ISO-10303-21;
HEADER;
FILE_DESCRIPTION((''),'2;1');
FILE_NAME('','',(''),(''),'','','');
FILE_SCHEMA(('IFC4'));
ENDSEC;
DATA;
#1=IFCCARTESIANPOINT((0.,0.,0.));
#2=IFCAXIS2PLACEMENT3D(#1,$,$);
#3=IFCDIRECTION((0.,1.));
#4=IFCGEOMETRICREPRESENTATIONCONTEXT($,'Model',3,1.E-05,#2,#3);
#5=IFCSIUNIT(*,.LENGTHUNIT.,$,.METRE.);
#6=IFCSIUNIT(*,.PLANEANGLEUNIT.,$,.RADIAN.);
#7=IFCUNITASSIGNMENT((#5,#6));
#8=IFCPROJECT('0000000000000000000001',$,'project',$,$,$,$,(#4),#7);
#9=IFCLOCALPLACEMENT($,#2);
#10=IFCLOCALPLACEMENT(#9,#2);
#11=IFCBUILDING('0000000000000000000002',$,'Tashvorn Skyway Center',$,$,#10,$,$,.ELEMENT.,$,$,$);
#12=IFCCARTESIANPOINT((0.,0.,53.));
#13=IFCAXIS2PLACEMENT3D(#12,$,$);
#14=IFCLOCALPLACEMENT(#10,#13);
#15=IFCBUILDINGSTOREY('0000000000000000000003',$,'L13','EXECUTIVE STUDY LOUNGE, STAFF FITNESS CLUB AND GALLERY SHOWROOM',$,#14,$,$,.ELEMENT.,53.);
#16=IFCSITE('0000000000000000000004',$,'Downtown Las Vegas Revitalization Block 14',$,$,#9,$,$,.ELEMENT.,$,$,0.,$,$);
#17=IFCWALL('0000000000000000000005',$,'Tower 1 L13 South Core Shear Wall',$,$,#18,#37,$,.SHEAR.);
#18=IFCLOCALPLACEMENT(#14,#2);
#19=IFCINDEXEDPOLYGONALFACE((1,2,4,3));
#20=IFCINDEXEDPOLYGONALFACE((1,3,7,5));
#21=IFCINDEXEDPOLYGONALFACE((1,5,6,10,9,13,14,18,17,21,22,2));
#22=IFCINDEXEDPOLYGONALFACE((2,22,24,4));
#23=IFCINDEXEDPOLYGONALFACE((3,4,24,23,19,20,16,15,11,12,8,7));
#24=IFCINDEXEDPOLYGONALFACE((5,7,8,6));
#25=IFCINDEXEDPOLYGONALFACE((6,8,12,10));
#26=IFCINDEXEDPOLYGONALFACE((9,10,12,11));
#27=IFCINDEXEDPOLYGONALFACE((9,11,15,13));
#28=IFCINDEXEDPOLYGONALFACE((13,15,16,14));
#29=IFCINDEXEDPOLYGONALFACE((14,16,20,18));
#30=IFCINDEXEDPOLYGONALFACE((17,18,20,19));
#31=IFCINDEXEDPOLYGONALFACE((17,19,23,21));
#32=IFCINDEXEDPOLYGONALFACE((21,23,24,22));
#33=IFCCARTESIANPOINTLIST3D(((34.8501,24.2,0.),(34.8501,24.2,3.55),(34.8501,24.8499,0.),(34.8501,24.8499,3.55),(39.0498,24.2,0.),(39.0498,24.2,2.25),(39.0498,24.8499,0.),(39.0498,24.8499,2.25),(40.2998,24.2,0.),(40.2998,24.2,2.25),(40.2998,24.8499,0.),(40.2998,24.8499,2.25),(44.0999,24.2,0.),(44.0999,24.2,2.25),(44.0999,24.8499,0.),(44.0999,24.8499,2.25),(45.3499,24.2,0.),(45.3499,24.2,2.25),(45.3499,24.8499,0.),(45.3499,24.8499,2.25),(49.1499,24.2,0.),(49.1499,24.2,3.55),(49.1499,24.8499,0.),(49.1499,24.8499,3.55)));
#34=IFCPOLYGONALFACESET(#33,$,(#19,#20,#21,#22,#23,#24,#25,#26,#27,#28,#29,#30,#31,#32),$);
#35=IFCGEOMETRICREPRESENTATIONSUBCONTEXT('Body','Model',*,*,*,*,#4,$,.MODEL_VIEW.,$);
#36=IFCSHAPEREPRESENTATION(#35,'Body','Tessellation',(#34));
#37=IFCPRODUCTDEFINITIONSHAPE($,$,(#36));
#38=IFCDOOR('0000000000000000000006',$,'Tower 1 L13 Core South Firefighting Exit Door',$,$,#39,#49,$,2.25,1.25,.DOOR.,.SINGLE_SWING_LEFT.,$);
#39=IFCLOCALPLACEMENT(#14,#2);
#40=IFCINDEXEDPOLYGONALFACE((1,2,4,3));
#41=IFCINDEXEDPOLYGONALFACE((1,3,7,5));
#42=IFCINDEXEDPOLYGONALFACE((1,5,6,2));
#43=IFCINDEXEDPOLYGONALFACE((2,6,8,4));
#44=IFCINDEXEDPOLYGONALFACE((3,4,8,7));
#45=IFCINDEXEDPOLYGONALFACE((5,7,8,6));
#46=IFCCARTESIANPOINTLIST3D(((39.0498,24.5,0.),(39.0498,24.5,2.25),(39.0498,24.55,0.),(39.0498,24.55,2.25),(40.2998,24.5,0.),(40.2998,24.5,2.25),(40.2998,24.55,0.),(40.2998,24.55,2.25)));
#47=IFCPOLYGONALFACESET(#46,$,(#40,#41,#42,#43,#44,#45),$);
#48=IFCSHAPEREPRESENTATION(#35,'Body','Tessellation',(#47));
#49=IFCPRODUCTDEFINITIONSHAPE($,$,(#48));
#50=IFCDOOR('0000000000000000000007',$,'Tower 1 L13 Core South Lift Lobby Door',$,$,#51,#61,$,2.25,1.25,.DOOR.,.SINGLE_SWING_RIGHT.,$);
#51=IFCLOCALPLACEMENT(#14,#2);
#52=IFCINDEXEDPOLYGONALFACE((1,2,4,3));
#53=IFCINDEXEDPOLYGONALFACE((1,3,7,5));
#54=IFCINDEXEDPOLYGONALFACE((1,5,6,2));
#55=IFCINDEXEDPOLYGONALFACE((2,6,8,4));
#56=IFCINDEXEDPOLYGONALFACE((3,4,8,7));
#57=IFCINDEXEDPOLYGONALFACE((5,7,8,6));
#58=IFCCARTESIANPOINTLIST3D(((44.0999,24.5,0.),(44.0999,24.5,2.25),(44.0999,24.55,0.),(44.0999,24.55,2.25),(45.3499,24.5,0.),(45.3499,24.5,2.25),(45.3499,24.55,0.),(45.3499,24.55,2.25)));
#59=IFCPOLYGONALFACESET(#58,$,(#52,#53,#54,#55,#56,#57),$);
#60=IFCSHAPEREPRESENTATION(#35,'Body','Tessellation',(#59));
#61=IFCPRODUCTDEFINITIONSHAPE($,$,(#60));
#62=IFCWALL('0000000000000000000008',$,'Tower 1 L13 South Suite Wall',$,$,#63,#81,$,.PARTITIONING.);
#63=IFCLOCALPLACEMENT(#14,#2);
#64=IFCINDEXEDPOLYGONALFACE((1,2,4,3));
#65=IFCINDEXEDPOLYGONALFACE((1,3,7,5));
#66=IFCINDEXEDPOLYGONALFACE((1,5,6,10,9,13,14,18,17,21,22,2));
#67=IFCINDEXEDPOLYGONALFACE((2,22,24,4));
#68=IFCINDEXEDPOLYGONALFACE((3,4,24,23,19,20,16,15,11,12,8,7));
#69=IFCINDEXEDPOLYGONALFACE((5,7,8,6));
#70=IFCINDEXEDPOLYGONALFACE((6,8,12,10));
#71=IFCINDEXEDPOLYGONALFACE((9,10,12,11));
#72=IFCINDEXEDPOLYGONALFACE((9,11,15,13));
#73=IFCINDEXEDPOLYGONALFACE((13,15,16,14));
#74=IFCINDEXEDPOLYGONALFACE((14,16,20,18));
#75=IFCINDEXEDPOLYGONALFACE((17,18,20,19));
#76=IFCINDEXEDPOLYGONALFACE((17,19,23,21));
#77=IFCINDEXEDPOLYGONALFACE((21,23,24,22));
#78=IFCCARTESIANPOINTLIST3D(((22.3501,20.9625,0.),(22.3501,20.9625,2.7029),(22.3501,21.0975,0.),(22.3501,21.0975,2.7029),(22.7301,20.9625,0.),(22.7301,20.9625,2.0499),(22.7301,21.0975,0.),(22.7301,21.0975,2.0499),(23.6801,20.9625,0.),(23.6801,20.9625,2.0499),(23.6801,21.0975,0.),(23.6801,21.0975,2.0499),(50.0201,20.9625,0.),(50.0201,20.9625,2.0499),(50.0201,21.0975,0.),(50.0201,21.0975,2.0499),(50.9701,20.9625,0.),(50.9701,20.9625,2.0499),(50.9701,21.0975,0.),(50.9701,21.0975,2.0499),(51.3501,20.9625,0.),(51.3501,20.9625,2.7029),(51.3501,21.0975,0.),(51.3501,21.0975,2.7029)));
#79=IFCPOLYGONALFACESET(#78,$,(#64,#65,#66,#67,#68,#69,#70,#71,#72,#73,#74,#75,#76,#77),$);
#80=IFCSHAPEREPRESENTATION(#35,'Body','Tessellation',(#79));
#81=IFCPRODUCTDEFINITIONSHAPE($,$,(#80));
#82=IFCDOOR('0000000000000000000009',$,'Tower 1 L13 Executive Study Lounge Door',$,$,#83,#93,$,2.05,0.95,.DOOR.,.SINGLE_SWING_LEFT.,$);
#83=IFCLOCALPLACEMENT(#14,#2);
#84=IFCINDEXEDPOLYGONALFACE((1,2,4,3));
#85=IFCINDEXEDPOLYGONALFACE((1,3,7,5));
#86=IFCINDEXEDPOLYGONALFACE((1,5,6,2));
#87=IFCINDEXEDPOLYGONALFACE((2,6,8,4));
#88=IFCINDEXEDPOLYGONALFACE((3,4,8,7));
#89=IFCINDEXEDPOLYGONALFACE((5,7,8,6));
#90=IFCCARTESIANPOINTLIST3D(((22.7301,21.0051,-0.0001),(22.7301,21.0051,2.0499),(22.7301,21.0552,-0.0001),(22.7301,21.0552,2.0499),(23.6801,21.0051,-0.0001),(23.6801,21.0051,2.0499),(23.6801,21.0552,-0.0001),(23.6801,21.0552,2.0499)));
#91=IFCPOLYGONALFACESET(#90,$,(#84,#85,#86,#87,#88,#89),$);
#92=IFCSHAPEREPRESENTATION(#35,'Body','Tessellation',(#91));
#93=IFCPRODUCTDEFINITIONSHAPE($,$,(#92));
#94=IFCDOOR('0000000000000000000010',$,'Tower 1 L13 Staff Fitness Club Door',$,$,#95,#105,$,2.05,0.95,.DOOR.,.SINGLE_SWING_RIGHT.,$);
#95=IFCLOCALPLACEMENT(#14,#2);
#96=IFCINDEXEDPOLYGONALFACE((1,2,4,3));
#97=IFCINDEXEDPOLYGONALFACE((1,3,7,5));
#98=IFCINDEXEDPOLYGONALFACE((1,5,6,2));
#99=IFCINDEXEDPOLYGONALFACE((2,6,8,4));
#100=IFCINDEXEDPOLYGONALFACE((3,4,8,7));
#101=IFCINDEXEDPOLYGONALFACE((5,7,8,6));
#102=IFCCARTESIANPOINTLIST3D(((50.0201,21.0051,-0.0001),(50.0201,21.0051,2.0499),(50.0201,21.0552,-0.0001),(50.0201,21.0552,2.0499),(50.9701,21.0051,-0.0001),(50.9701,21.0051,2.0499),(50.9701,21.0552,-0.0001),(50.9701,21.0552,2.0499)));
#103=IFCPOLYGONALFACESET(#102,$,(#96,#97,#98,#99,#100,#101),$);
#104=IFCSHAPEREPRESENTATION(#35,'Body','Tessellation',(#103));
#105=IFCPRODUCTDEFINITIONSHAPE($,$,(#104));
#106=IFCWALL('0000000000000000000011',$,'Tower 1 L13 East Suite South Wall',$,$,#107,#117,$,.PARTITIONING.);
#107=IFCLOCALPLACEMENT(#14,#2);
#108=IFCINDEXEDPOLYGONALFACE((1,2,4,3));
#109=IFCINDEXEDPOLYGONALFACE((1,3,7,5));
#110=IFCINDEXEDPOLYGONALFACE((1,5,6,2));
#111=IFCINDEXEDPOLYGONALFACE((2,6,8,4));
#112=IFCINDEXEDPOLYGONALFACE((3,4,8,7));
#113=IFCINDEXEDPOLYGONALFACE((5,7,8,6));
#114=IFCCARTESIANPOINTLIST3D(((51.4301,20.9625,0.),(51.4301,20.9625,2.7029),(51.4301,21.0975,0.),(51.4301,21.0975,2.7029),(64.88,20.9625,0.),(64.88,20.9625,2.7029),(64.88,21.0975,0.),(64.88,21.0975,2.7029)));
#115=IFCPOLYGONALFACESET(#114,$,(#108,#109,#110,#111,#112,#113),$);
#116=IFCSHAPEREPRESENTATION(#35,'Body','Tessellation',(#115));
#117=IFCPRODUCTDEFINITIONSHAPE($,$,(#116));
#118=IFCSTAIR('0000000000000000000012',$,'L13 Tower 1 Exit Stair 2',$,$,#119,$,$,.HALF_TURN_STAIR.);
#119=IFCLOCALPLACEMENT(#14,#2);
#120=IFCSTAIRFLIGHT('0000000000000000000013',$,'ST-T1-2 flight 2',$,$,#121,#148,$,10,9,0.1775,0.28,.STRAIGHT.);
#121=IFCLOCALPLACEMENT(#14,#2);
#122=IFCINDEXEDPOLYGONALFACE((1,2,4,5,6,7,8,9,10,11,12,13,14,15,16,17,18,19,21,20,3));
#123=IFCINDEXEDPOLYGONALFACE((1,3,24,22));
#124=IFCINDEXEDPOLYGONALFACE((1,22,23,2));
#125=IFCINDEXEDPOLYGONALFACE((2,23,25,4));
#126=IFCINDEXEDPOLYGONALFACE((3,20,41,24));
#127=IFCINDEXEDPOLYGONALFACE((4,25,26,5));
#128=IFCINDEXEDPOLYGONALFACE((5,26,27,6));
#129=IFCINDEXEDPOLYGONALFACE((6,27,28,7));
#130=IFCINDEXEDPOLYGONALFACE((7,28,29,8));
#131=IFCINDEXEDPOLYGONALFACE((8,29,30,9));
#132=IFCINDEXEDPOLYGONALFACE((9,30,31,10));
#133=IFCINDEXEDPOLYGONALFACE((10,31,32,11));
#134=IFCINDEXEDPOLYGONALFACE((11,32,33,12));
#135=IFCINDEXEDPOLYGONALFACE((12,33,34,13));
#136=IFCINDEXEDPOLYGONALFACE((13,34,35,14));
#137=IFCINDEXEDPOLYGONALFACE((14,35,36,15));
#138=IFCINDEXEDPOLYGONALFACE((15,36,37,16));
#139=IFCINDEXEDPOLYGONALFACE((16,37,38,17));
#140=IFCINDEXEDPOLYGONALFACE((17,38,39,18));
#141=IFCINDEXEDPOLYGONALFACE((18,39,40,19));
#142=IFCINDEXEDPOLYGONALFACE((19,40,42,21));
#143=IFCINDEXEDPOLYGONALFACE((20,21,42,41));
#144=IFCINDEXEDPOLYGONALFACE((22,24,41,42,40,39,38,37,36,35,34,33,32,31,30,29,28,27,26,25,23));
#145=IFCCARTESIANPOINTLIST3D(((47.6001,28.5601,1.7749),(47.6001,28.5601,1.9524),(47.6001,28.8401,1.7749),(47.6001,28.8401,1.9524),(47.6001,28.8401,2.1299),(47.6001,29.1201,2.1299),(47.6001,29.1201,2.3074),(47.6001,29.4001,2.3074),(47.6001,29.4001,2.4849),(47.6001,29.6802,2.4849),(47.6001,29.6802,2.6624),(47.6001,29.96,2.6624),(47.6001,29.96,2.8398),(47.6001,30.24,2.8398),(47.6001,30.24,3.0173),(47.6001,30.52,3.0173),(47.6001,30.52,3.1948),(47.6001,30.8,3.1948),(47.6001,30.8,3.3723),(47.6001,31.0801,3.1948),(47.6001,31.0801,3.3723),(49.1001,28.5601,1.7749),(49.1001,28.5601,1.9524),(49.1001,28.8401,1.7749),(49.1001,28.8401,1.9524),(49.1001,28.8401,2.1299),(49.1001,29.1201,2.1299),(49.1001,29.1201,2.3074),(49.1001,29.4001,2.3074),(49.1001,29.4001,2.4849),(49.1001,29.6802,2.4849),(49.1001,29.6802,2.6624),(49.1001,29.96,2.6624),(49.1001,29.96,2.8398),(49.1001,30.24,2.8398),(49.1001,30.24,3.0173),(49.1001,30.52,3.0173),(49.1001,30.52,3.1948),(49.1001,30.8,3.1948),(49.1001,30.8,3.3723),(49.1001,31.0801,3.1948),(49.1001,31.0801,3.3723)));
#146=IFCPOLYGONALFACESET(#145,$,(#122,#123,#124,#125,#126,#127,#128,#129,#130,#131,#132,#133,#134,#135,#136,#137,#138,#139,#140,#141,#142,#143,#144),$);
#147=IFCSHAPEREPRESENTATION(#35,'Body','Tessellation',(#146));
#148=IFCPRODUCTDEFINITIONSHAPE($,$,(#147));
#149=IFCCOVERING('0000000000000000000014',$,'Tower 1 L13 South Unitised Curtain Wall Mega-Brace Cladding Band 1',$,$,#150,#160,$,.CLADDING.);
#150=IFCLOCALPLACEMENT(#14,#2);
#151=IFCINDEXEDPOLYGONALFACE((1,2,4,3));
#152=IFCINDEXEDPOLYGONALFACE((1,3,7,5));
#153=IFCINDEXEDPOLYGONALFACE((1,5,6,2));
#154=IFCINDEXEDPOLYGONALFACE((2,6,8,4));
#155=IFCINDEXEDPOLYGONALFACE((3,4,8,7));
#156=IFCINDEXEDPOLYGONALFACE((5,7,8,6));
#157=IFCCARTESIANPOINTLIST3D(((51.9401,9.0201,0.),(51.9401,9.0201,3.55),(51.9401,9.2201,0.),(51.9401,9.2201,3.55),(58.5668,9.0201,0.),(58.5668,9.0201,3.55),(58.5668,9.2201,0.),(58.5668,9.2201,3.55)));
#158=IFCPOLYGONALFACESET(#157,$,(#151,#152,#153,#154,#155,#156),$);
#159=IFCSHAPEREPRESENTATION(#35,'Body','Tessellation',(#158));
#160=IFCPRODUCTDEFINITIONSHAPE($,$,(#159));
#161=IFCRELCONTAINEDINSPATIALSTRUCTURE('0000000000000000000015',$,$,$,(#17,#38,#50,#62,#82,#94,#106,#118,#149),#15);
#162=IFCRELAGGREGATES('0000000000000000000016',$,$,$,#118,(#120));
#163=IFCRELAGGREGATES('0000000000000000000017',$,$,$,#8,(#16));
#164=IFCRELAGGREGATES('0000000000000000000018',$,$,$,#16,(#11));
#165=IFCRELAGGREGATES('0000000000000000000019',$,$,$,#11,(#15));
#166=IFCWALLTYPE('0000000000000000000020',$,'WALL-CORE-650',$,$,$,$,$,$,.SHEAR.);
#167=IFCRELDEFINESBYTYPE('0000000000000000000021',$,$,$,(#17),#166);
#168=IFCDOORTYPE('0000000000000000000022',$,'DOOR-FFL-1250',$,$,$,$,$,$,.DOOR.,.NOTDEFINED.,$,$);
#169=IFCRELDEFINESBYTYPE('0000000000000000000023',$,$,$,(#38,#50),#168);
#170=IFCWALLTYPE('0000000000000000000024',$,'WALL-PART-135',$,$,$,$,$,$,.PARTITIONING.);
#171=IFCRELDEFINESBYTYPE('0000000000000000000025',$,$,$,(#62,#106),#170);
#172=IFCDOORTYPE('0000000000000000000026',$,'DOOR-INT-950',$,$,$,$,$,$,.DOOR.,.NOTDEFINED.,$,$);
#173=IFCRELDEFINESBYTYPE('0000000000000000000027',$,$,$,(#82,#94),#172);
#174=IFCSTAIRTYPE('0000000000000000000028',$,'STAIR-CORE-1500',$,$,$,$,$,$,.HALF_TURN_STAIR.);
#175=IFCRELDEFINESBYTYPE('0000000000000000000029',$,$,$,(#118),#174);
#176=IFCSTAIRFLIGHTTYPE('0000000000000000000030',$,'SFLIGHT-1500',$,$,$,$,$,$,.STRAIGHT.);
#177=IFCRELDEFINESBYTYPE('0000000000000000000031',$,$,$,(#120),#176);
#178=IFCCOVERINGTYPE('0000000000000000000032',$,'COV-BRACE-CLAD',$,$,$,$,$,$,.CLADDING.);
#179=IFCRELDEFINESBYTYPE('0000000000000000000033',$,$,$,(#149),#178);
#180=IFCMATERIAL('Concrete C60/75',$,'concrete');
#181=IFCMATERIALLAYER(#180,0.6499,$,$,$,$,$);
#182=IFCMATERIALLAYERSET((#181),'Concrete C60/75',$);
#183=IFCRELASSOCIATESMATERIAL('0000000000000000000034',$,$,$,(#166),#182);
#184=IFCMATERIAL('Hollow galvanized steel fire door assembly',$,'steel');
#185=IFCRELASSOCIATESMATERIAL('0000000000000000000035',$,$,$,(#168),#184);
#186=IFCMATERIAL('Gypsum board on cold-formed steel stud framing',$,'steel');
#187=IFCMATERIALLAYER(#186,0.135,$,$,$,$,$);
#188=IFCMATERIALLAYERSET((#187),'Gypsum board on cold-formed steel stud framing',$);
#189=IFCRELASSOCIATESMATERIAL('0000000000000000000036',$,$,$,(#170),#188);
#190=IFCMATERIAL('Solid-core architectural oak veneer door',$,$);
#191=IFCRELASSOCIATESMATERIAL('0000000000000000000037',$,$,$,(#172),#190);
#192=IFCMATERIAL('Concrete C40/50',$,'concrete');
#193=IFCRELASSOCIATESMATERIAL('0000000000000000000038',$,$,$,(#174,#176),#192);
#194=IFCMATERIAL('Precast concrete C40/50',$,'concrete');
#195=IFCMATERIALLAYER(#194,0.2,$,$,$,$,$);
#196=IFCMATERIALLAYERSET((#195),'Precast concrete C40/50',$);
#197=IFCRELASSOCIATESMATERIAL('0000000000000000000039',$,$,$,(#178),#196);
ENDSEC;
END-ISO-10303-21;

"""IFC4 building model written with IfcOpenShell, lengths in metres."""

from ifc_helpers import new_model, si_unit, direction, frame, frame_2d, origin, origin_2d, place, context, subcontext, project, spatial, polyline, rectangle, outline, extrude, material, layer, layer_set, type_object, element, fill, aggregate, save


model = new_model("IFC4")

# Units and contexts
model_context = context("Model", 3, precision=1e-05, world=origin(), true_north=direction((0.0, 1.0)))
body_context = subcontext(model_context, "Body", "Model", "MODEL_VIEW")
ifc_project = project(units=[si_unit("LENGTHUNIT", "METRE"), si_unit("PLANEANGLEUNIT", "RADIAN")], contexts=[model_context])

# Site, building, storey
site_placement = place(None, origin())
site = spatial("IfcSite", under=ifc_project, at=site_placement, Name="Downtown Las Vegas Revitalization Block 14", CompositionType="ELEMENT", RefElevation=0.0)
building_placement = place(site_placement, origin())
building = spatial("IfcBuilding", under=site, at=building_placement, Name="Tashvorn Skyway Center", CompositionType="ELEMENT")
storey_placement = place(building_placement, frame((0.0, 0.0, 53.0)))
storey = spatial("IfcBuildingStorey", under=building, at=storey_placement, Name="L13", Description="EXECUTIVE STUDY LOUNGE, STAFF FITNESS CLUB AND GALLERY SHOWROOM", CompositionType="ELEMENT", Elevation=53.0)

# Walls, openings, doors
ifc_material_1 = material(Name="Concrete C60/75", Category="concrete")
ifc_layer_1 = layer(ifc_material_1, 0.6499)
ifc_layer_set_1 = layer_set([ifc_layer_1], Name="Concrete C60/75")
wall_type_1 = type_object("IfcWallType", Name="WALL-CORE-650", PredefinedType="SHEAR", material=ifc_layer_set_1)
wall_1_placement = place(storey_placement, frame((49.1499, 24.5249, 0.0), z_axis=(0.0, 0.0, 1.0), x_axis=(-1.0, 0.0, 0.0)))
wall_1 = element("IfcWall", 1, at=wall_1_placement, inside=storey, type_object=wall_type_1, Name="Tower 1 L13 South Core Shear Wall", PredefinedType="SHEAR", context=body_context, shape_type="SweptSolid", body=[
    extrude(rectangle(XDim=14.2998, YDim=0.6499, at=frame_2d((7.1499, 0.0))), origin(), (0.0, 0.0, 1.0), 3.55),
])
opening_1_placement = place(wall_1_placement, frame((8.8501, 0.0, 0.0)))
opening_1 = element("IfcOpeningElement", 2, at=opening_1_placement, cuts=wall_1, PredefinedType="OPENING", context=body_context, shape_type="SweptSolid", body=[
    extrude(rectangle(XDim=1.25, YDim=2.25, at=frame_2d((0.625, 1.125))), frame((0.0, 0.335, 0.0), z_axis=(0.0, -1.0, 0.0), x_axis=(1.0, 0.0, 0.0)), (0.0, 0.0, 1.0), 0.6699),
])
opening_2_placement = place(wall_1_placement, frame((3.8, 0.0, 0.0)))
opening_2 = element("IfcOpeningElement", 3, at=opening_2_placement, cuts=wall_1, PredefinedType="OPENING", context=body_context, shape_type="SweptSolid", body=[
    extrude(rectangle(XDim=1.25, YDim=2.25, at=frame_2d((0.625, 1.125))), frame((0.0, 0.335, 0.0), z_axis=(0.0, -1.0, 0.0), x_axis=(1.0, 0.0, 0.0)), (0.0, 0.0, 1.0), 0.6699),
])
ifc_material_2 = material(Name="Hollow galvanized steel fire door assembly", Category="steel")
door_type_1 = type_object("IfcDoorType", Name="DOOR-FFL-1250", OperationType="NOTDEFINED", PredefinedType="DOOR", material=ifc_material_2)
door_1_placement = place(opening_1_placement, origin())
door_1 = element("IfcDoor", 4, at=door_1_placement, inside=storey, type_object=door_type_1, Name="Tower 1 L13 Core South Firefighting Exit Door", OperationType="SINGLE_SWING_LEFT", OverallHeight=2.25, OverallWidth=1.25, PredefinedType="DOOR", context=body_context, shape_type="SweptSolid", body=[
    extrude(rectangle(XDim=1.25, YDim=2.25, at=frame_2d((0.625, 1.125))), frame((0.0, 0.0249, 0.0), z_axis=(0.0, -1.0, 0.0), x_axis=(1.0, 0.0, 0.0)), (0.0, 0.0, 1.0), 0.05),
])
fill(opening_1, door_1)
door_2_placement = place(opening_2_placement, origin())
door_2 = element("IfcDoor", 5, at=door_2_placement, inside=storey, type_object=door_type_1, Name="Tower 1 L13 Core South Lift Lobby Door", OperationType="SINGLE_SWING_RIGHT", OverallHeight=2.25, OverallWidth=1.25, PredefinedType="DOOR", context=body_context, shape_type="SweptSolid", body=[
    extrude(rectangle(XDim=1.25, YDim=2.25, at=frame_2d((0.625, 1.125))), frame((0.0, 0.0249, 0.0), z_axis=(0.0, -1.0, 0.0), x_axis=(1.0, 0.0, 0.0)), (0.0, 0.0, 1.0), 0.05),
])
fill(opening_2, door_2)
ifc_material_3 = material(Name="Gypsum board on cold-formed steel stud framing", Category="steel")
ifc_layer_2 = layer(ifc_material_3, 0.135)
ifc_layer_set_2 = layer_set([ifc_layer_2], Name="Gypsum board on cold-formed steel stud framing")
wall_type_2 = type_object("IfcWallType", Name="WALL-PART-135", PredefinedType="PARTITIONING", material=ifc_layer_set_2)
wall_2_placement = place(storey_placement, frame((51.3501, 21.03, 0.0), z_axis=(0.0, 0.0, 1.0), x_axis=(-1.0, 0.0, 0.0)))
wall_2 = element("IfcWall", 6, at=wall_2_placement, inside=storey, type_object=wall_type_2, Name="Tower 1 L13 South Suite Wall", PredefinedType="PARTITIONING", context=body_context, shape_type="SweptSolid", body=[
    extrude(rectangle(XDim=29.0, YDim=0.135, at=frame_2d((14.5, 0.0))), origin(), (0.0, 0.0, 1.0), 2.7029),
])
opening_3_placement = place(wall_2_placement, frame((27.6699, 0.0, 0.0)))
opening_3 = element("IfcOpeningElement", 7, at=opening_3_placement, cuts=wall_2, PredefinedType="OPENING", context=body_context, shape_type="SweptSolid", body=[
    extrude(rectangle(XDim=0.95, YDim=2.05, at=frame_2d((0.4751, 1.0249))), frame((0.0, 0.0774, 0.0), z_axis=(0.0, -1.0, 0.0), x_axis=(1.0, 0.0, 0.0)), (0.0, 0.0, 1.0), 0.155),
])
opening_4_placement = place(wall_2_placement, frame((0.3799, 0.0, 0.0)))
opening_4 = element("IfcOpeningElement", 8, at=opening_4_placement, cuts=wall_2, PredefinedType="OPENING", context=body_context, shape_type="SweptSolid", body=[
    extrude(rectangle(XDim=0.95, YDim=2.05, at=frame_2d((0.4751, 1.0249))), frame((0.0, 0.0774, 0.0), z_axis=(0.0, -1.0, 0.0), x_axis=(1.0, 0.0, 0.0)), (0.0, 0.0, 1.0), 0.155),
])
ifc_material_4 = material(Name="Solid-core architectural oak veneer door")
door_type_2 = type_object("IfcDoorType", Name="DOOR-INT-950", OperationType="NOTDEFINED", PredefinedType="DOOR", material=ifc_material_4)
door_3_placement = place(opening_3_placement, origin())
door_3 = element("IfcDoor", 9, at=door_3_placement, inside=storey, type_object=door_type_2, Name="Tower 1 L13 Executive Study Lounge Door", OperationType="SINGLE_SWING_LEFT", OverallHeight=2.05, OverallWidth=0.95, PredefinedType="DOOR", context=body_context, shape_type="SweptSolid", body=[
    extrude(rectangle(XDim=0.95, YDim=2.05, at=frame_2d((0.4751, 1.0249))), frame((0.0, 0.0249, 0.0), z_axis=(0.0, -1.0, 0.0), x_axis=(1.0, 0.0, 0.0)), (0.0, 0.0, 1.0), 0.05),
])
fill(opening_3, door_3)
door_4_placement = place(opening_4_placement, origin())
door_4 = element("IfcDoor", 10, at=door_4_placement, inside=storey, type_object=door_type_2, Name="Tower 1 L13 Staff Fitness Club Door", OperationType="SINGLE_SWING_RIGHT", OverallHeight=2.05, OverallWidth=0.95, PredefinedType="DOOR", context=body_context, shape_type="SweptSolid", body=[
    extrude(rectangle(XDim=0.95, YDim=2.05, at=frame_2d((0.4751, 1.0249))), frame((0.0, 0.0249, 0.0), z_axis=(0.0, -1.0, 0.0), x_axis=(1.0, 0.0, 0.0)), (0.0, 0.0, 1.0), 0.05),
])
fill(opening_4, door_4)

# Wall
wall_3_placement = place(storey_placement, frame((51.4299, 21.03, 0.0), z_axis=(0.0, 0.0, 1.0), x_axis=(1.0, 0.0, 0.0)))
element("IfcWall", 11, at=wall_3_placement, inside=storey, type_object=wall_type_2, Name="Tower 1 L13 East Suite South Wall", PredefinedType="PARTITIONING", context=body_context, shape_type="SweptSolid", body=[
    extrude(rectangle(XDim=13.45, YDim=0.135, at=frame_2d((6.7251, 0.0))), origin(), (0.0, 0.0, 1.0), 2.7029),
])

# Stair, stair flight
ifc_material_5 = material(Name="Concrete C40/50", Category="concrete")
stair_type = type_object("IfcStairType", Name="STAIR-CORE-1500", PredefinedType="HALF_TURN_STAIR", material=ifc_material_5)
stair_placement = place(storey_placement, origin())
stair = element("IfcStair", 12, at=stair_placement, inside=storey, type_object=stair_type, Name="L13 Tower 1 Exit Stair 2", PredefinedType="HALF_TURN_STAIR")
stair_flight_type = type_object("IfcStairFlightType", Name="SFLIGHT-1500", PredefinedType="STRAIGHT", material=ifc_material_5)
stair_flight_placement = place(storey_placement, frame((48.3501, 28.5601, 1.7749), z_axis=(0.0, 0.0, 1.0), x_axis=(0.0, 1.0, 0.0)))
stair_flight = element("IfcStairFlight", 13, at=stair_flight_placement, type_object=stair_flight_type, Name="ST-T1-2 flight 2", NumberOfRisers=10, NumberOfTreads=9, PredefinedType="STRAIGHT", RiserHeight=0.1775, TreadLength=0.28, context=body_context, shape_type="SweptSolid", body=[
    extrude(outline(polyline([(0.0, 0.0), (0.0, 0.1775), (0.28, 0.1775), (0.28, 0.355), (0.5601, 0.355), (0.5601, 0.5325), (0.8401, 0.5325), (0.8401, 0.71), (1.1201, 0.71), (1.1201, 0.8875), (1.3999, 0.8875), (1.3999, 1.0649), (1.6799, 1.0649), (1.6799, 1.2424), (1.96, 1.2424), (1.96, 1.4199), (2.24, 1.4199), (2.24, 1.5974), (2.52, 1.5974), (2.52, 1.7749), (2.52, 1.4199), (0.28, 0.0), (0.0, 0.0)])), frame((0.0, 0.75, 0.0), z_axis=(0.0, -1.0, 0.0), x_axis=(1.0, 0.0, 0.0)), (0.0, 0.0, 1.0), 1.5),
])
aggregate(stair, [stair_flight])

# Covering
ifc_material_6 = material(Name="Precast concrete C40/50", Category="concrete")
ifc_layer_3 = layer(ifc_material_6, 0.2)
ifc_layer_set_3 = layer_set([ifc_layer_3], Name="Precast concrete C40/50")
covering_type_1 = type_object("IfcCoveringType", Name="COV-BRACE-CLAD", PredefinedType="CLADDING", material=ifc_layer_set_3)
covering_1_placement = place(storey_placement, frame((55.2534, 9.1201, 0.0), z_axis=(0.0, 0.0, 1.0), x_axis=(-1.0, 0.0, 0.0)))
element("IfcCovering", 14, at=covering_1_placement, inside=storey, type_object=covering_type_1, Name="Tower 1 L13 South Unitised Curtain Wall Mega-Brace Cladding Band 1", PredefinedType="CLADDING", context=body_context, shape_type="SweptSolid", body=[
    extrude(rectangle(XDim=6.6267, YDim=0.2, at=origin_2d()), origin(), (0.0, 0.0, 1.0), 3.55),
])

save(model, "model.ifc")
